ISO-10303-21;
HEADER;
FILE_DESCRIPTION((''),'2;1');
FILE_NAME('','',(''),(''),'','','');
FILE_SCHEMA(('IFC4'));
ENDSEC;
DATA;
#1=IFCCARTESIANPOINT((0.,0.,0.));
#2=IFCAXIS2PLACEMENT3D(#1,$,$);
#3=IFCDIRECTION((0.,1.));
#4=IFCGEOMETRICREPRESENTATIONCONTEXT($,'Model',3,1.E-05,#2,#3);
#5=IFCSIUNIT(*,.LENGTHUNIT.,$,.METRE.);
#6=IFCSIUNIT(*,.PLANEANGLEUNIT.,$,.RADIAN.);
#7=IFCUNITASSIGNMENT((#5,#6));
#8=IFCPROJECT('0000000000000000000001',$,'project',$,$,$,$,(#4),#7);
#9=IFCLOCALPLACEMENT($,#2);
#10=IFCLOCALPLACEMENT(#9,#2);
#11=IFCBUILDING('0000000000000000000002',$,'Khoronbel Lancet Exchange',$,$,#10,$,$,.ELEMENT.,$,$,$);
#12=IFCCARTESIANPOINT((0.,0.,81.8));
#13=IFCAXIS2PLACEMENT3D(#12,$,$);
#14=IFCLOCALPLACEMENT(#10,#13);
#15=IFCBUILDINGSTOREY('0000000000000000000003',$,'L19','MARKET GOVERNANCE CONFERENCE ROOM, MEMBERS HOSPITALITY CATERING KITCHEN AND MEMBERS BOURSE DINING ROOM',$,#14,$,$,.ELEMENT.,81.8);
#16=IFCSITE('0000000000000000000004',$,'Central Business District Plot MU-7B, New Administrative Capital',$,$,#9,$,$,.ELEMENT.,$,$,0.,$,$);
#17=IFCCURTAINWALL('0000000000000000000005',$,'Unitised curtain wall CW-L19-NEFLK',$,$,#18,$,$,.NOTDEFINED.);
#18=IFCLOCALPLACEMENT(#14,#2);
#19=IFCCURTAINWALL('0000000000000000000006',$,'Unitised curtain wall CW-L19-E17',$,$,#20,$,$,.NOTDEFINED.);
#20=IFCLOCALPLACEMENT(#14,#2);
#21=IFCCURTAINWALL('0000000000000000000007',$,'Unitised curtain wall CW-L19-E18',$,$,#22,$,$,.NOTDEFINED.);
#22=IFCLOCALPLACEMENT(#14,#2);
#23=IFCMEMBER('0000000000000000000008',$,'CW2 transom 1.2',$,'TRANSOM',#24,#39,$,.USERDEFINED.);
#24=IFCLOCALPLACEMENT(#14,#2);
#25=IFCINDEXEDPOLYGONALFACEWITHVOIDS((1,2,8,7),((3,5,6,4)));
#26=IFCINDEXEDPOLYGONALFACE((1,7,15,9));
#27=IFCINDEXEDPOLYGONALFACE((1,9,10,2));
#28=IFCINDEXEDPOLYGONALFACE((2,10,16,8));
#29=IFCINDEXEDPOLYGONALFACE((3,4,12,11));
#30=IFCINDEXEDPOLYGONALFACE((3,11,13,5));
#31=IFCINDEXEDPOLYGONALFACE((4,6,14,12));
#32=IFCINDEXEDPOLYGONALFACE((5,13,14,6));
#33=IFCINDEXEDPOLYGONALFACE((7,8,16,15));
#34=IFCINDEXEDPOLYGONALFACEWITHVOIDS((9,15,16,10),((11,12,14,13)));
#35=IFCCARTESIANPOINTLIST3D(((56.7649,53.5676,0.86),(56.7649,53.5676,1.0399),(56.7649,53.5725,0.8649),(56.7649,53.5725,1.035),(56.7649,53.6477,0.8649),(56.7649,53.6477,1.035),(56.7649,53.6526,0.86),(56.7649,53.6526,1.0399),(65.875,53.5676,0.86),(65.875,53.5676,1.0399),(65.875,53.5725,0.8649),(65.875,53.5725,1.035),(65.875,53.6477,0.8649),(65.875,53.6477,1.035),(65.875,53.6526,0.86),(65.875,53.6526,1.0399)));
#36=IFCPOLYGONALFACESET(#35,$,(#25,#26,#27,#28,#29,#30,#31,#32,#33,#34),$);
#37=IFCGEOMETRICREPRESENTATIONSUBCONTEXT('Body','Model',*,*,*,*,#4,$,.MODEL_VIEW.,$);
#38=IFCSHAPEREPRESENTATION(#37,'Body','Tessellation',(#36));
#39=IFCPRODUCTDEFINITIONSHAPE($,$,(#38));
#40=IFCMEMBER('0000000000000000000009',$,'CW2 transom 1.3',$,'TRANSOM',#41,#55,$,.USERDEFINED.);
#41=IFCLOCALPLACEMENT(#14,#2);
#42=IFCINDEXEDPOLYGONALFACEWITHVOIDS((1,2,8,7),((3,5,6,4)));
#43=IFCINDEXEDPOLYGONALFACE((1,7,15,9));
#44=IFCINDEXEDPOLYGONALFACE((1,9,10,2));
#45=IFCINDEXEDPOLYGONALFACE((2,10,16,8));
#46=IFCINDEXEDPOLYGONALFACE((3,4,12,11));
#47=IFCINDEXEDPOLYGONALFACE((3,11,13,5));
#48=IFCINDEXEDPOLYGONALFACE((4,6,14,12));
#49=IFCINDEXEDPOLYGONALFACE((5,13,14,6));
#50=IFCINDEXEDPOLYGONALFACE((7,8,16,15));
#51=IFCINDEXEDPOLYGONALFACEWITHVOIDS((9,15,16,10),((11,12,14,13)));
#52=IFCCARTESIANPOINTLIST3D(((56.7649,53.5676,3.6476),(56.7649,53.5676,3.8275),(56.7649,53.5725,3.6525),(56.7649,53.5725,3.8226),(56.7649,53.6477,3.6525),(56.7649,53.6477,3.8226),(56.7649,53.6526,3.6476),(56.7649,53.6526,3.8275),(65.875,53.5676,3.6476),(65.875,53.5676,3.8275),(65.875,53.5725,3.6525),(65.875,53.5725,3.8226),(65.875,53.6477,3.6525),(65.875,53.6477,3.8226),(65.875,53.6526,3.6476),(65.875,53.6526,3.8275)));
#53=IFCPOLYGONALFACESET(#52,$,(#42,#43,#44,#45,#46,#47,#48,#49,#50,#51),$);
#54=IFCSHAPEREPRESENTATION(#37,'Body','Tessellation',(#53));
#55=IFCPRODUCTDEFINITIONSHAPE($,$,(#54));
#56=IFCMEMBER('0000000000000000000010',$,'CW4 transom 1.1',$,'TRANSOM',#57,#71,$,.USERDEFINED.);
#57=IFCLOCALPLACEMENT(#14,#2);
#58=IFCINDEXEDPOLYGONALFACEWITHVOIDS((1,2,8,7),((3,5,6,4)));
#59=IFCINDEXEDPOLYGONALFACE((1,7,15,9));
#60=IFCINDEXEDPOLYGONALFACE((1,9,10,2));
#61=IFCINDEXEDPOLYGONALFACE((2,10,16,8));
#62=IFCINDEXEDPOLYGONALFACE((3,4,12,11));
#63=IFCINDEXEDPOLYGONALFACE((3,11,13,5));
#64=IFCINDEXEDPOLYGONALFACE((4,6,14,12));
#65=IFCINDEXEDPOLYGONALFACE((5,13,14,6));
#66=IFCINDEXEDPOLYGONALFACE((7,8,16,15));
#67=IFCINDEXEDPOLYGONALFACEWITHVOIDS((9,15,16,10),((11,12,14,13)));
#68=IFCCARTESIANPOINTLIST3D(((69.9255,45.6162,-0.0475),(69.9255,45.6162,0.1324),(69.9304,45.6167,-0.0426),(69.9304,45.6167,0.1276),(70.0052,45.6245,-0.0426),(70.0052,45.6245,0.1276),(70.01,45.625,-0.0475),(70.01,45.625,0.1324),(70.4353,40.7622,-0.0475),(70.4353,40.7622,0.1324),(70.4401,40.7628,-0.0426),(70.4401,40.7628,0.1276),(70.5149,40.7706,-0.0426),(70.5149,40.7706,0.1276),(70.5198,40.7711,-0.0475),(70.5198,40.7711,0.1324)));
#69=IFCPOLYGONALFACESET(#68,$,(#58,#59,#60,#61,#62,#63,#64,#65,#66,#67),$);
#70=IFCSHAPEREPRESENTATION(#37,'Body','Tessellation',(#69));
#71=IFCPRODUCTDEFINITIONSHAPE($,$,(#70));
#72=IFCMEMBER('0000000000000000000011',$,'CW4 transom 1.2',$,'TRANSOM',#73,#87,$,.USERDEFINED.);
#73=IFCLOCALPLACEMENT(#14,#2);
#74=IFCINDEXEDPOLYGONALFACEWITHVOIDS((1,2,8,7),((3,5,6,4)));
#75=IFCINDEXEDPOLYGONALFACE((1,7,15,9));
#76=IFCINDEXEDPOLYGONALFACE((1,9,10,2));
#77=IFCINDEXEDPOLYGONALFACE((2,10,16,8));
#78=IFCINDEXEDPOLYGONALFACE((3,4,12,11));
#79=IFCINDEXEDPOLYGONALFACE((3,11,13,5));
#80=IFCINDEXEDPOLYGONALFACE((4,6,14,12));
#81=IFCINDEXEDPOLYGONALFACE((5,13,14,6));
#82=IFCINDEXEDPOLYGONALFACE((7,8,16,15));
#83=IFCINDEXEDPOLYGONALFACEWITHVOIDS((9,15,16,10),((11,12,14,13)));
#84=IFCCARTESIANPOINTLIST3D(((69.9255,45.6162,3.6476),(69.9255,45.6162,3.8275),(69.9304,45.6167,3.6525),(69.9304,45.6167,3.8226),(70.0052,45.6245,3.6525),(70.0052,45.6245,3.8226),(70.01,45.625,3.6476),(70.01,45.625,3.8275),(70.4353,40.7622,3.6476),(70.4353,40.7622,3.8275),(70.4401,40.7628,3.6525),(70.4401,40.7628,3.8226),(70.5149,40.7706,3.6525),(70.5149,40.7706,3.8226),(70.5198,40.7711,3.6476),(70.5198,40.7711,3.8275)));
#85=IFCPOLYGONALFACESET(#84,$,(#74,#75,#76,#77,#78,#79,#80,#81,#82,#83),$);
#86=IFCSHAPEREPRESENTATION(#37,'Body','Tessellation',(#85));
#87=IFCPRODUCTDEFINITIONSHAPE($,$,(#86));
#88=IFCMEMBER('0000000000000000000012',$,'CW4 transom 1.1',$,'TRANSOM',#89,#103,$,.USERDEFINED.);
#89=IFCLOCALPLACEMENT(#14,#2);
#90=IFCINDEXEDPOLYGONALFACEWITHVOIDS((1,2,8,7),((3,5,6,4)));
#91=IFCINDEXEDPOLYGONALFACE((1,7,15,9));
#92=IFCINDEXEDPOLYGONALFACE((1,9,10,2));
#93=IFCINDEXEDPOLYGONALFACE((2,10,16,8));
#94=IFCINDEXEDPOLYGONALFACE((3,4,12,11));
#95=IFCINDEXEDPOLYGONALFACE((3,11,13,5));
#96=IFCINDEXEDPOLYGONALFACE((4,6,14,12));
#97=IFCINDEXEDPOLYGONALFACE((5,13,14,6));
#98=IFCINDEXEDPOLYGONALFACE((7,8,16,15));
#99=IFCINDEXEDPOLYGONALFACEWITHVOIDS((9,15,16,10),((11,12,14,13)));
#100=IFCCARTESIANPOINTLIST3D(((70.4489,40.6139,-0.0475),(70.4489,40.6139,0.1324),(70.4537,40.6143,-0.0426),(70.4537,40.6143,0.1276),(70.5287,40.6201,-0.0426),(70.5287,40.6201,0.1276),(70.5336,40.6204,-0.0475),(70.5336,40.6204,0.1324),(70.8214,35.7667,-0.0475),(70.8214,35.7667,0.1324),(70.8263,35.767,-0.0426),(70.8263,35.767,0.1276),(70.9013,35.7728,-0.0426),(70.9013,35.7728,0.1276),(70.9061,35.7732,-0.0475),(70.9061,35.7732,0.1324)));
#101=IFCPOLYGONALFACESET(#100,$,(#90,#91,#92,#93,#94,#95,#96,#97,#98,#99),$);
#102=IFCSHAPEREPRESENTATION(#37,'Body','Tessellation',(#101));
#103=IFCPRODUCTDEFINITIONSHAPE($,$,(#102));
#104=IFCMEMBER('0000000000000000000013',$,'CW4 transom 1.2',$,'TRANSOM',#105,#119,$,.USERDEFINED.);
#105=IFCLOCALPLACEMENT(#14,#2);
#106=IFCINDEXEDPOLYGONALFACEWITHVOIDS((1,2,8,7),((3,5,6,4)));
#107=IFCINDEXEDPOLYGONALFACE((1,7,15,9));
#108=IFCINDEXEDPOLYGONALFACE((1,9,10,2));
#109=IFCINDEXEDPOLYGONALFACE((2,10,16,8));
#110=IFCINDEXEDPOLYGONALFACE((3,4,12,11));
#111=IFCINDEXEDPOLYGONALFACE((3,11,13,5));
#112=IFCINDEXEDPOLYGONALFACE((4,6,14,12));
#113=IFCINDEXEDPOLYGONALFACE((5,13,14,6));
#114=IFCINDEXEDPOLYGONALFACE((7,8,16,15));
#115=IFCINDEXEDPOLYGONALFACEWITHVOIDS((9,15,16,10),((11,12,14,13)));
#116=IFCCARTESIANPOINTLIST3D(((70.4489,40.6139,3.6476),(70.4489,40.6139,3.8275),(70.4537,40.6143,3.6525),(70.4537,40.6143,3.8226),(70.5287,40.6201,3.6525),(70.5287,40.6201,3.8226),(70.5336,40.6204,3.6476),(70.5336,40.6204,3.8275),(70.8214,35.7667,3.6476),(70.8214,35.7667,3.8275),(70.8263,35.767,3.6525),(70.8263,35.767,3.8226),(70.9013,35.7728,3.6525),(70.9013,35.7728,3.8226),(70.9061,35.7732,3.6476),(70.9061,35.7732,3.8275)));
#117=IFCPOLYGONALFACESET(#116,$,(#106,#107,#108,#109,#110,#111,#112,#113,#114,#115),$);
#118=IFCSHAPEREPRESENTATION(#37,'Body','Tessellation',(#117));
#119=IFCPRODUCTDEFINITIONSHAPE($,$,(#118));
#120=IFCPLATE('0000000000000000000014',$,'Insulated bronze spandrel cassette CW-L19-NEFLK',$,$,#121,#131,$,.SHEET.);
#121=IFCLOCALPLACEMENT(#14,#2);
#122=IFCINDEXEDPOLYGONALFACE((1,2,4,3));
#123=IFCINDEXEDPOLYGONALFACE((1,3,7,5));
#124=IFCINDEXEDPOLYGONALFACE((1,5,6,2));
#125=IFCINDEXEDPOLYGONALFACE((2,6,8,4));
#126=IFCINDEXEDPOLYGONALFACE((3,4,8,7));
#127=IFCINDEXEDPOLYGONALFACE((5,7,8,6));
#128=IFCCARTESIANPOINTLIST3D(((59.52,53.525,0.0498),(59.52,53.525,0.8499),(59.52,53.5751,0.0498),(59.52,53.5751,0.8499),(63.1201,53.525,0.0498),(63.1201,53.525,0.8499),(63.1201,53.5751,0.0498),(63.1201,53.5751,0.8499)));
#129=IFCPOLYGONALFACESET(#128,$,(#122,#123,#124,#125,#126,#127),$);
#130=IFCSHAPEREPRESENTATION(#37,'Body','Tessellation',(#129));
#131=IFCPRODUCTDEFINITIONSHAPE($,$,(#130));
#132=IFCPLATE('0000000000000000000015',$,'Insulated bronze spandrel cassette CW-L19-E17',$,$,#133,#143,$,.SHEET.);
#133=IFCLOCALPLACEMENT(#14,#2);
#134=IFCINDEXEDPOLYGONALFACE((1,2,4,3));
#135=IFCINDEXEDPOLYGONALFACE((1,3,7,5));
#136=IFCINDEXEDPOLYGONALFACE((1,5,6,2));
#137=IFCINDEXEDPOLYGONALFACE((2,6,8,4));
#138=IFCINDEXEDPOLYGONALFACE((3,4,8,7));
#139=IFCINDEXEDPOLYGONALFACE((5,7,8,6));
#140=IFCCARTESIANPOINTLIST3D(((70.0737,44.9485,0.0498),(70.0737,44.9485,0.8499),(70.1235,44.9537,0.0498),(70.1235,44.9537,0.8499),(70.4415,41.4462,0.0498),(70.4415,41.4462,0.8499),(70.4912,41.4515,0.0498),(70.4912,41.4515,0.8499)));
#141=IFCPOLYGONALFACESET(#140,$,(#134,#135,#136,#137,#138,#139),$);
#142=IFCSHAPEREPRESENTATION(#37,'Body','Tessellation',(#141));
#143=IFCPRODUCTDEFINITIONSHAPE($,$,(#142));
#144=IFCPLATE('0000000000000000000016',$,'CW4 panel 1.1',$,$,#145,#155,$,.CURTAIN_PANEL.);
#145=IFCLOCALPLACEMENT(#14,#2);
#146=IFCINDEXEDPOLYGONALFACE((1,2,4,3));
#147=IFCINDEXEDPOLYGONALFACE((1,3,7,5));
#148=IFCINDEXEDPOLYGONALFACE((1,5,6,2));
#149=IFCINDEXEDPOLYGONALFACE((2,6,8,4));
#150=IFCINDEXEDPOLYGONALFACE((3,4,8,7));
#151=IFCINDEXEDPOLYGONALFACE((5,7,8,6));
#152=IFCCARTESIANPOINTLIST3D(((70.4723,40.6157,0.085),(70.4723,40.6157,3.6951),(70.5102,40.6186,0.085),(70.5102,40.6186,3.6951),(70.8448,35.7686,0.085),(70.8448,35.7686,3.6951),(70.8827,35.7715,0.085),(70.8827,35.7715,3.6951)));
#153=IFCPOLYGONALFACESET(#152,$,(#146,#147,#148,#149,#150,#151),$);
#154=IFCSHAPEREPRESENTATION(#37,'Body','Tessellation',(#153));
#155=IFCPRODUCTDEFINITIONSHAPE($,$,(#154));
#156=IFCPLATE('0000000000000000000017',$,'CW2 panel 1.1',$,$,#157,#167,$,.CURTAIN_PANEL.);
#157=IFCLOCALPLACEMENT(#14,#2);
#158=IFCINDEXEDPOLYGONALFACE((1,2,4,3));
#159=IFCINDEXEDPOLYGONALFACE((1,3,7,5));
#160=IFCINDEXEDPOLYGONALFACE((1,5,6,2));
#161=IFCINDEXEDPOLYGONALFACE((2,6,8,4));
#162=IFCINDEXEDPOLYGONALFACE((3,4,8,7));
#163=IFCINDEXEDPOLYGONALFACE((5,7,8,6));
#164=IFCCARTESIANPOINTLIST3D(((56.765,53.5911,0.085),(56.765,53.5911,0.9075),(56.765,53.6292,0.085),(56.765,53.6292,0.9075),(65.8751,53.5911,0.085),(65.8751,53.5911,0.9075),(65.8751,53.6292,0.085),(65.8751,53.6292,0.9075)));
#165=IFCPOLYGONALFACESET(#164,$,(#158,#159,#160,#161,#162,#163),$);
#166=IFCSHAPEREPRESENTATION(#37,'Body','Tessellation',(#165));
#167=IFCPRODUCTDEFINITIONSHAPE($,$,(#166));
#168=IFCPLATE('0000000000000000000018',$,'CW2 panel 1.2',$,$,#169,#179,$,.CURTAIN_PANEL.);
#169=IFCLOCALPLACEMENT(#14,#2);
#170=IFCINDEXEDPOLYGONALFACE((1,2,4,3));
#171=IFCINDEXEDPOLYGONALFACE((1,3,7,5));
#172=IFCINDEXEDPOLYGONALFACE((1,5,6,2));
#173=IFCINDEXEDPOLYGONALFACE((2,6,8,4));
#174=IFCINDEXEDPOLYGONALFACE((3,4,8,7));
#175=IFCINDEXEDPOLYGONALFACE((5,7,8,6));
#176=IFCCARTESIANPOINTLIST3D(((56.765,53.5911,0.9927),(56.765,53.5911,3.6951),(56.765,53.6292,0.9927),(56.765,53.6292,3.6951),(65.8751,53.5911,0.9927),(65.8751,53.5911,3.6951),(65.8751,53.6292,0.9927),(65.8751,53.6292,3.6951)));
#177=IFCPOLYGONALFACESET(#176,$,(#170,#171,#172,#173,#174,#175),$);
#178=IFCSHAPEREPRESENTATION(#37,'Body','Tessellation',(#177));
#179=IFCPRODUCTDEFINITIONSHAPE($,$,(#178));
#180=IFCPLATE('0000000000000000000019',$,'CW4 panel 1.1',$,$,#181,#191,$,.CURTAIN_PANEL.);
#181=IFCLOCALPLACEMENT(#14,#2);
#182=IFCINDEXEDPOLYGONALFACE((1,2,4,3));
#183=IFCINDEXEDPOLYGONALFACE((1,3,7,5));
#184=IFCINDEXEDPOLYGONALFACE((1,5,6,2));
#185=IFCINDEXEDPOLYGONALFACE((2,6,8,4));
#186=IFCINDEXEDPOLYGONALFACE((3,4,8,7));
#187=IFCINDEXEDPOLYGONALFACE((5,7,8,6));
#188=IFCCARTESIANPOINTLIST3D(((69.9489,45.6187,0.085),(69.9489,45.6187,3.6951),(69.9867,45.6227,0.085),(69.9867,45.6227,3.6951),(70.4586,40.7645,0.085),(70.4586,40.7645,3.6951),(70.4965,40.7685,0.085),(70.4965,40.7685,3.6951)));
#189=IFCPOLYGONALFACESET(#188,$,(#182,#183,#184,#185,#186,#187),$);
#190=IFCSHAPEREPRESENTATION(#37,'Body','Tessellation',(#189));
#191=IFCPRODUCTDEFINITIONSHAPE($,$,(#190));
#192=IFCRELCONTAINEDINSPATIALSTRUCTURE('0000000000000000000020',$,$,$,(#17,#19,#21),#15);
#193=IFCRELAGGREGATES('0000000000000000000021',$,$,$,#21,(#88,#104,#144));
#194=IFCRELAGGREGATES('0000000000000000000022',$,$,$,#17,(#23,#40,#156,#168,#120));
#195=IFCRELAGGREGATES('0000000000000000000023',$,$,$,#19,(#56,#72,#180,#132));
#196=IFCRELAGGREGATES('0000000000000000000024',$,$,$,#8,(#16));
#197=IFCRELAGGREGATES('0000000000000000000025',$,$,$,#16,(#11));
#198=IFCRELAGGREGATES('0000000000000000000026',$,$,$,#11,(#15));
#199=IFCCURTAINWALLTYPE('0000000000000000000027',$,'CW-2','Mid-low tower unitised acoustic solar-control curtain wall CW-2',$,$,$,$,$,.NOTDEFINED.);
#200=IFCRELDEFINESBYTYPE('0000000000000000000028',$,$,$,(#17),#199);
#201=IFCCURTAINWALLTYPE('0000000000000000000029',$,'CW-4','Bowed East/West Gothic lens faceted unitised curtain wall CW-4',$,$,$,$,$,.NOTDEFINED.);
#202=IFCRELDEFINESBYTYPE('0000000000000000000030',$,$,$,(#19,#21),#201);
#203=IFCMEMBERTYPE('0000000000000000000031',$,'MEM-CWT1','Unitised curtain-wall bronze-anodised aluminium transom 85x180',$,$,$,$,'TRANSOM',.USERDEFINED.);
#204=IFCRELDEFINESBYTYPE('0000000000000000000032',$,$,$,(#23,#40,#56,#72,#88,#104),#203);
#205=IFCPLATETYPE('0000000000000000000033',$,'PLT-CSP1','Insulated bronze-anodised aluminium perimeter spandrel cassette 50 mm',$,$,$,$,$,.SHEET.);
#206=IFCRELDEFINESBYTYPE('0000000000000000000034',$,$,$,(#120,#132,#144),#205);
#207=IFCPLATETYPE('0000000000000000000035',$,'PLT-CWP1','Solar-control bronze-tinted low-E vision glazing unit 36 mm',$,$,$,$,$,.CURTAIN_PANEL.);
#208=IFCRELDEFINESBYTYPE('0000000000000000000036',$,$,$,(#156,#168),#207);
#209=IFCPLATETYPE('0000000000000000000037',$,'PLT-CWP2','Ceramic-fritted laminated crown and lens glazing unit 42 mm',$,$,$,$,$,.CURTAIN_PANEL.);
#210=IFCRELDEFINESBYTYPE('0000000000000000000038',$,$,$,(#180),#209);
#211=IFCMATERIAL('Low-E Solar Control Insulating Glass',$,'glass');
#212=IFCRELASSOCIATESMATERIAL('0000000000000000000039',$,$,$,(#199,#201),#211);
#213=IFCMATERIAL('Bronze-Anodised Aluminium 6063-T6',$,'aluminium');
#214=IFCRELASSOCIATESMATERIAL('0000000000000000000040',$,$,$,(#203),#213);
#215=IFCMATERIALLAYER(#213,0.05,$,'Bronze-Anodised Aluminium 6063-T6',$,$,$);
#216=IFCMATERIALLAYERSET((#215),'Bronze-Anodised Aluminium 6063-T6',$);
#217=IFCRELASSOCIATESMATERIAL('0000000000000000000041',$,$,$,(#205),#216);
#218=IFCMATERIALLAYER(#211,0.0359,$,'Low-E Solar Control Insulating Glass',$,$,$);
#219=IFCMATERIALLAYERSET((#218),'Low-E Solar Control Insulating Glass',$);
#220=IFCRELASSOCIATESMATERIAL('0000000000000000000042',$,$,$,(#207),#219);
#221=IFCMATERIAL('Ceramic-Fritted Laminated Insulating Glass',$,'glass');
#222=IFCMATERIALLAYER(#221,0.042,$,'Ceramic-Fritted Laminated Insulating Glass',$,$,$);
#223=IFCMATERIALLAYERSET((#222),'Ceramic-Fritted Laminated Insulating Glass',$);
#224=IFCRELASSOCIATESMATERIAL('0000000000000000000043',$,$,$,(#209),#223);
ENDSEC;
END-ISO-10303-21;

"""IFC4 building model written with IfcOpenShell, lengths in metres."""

from ifc_helpers import new_model, si_unit, direction, frame, origin, origin_2d, place, context, subcontext, project, spatial, rectangle, hollow_rectangle, extrude, material, layer, layer_set, material_profile, profile_set, type_object, element, aggregate, save


model = new_model("IFC4")

# Units and contexts
model_context = context("Model", 3, precision=1e-05, world=origin(), true_north=direction((0.0, 1.0)))
body_context = subcontext(model_context, "Body", "Model", "MODEL_VIEW")
ifc_project = project(units=[si_unit("LENGTHUNIT", "METRE"), si_unit("PLANEANGLEUNIT", "RADIAN")], contexts=[model_context])

# Site, building, storey
site_placement = place(None, origin())
site = spatial("IfcSite", under=ifc_project, at=site_placement, Name="Central Business District Plot MU-7B, New Administrative Capital", CompositionType="ELEMENT", RefElevation=0.0)
building_placement = place(site_placement, origin())
building = spatial("IfcBuilding", under=site, at=building_placement, Name="Khoronbel Lancet Exchange", CompositionType="ELEMENT")
storey_placement = place(building_placement, frame((0.0, 0.0, 81.8)))
storey = spatial("IfcBuildingStorey", under=building, at=storey_placement, Name="L19", Description="MARKET GOVERNANCE CONFERENCE ROOM, MEMBERS HOSPITALITY CATERING KITCHEN AND MEMBERS BOURSE DINING ROOM", CompositionType="ELEMENT", Elevation=81.8)

# Curtain walls
ifc_material_1 = material(Name="Low-E Solar Control Insulating Glass", Category="glass")
curtain_wall_type_1 = type_object("IfcCurtainWallType", Name="CW-2", Description="Mid-low tower unitised acoustic solar-control curtain wall CW-2", PredefinedType="NOTDEFINED", material=ifc_material_1)
curtain_wall_1_placement = place(storey_placement, origin())
curtain_wall_1 = element("IfcCurtainWall", 1, at=curtain_wall_1_placement, inside=storey, type_object=curtain_wall_type_1, Name="Unitised curtain wall CW-L19-NEFLK", PredefinedType="NOTDEFINED")
ifc_material_2 = material(Name="Bronze-Anodised Aluminium 6063-T6", Category="aluminium")
curtain_wall_type_2 = type_object("IfcCurtainWallType", Name="CW-4", Description="Bowed East/West Gothic lens faceted unitised curtain wall CW-4", PredefinedType="NOTDEFINED", material=ifc_material_1)
curtain_wall_2_placement = place(storey_placement, origin())
curtain_wall_2 = element("IfcCurtainWall", 2, at=curtain_wall_2_placement, inside=storey, type_object=curtain_wall_type_2, Name="Unitised curtain wall CW-L19-E17", PredefinedType="NOTDEFINED")

# Curtain wall
curtain_wall_3_placement = place(storey_placement, origin())
curtain_wall_3 = element("IfcCurtainWall", 3, at=curtain_wall_3_placement, inside=storey, type_object=curtain_wall_type_2, Name="Unitised curtain wall CW-L19-E18", PredefinedType="NOTDEFINED")

# Members
ifc_material_profile_1 = material_profile(ifc_material_2, hollow_rectangle(XDim=0.085, YDim=0.1799, WallThickness=0.0049, at=origin_2d()), Name="ALU TRANSOM 85x180")
ifc_profile_set_1 = profile_set([ifc_material_profile_1], Name="Bronze-Anodised Aluminium 6063-T6")
member_type_1 = type_object("IfcMemberType", Name="MEM-CWT1", Description="Unitised curtain-wall bronze-anodised aluminium transom 85x180", ElementType="TRANSOM", PredefinedType="USERDEFINED", material=ifc_profile_set_1)
member_1_placement = place(storey_placement, frame((65.875, 53.6101, 0.95), z_axis=(-1.0, 0.0, 0.0), x_axis=(0.0, -1.0, 0.0)))
member_1 = element("IfcMember", 4, at=member_1_placement, type_object=member_type_1, Name="CW2 transom 1.2", ObjectType="TRANSOM", PredefinedType="USERDEFINED", context=body_context, shape_type="SweptSolid", body=[
    extrude(hollow_rectangle(XDim=0.085, YDim=0.1799, WallThickness=0.0049, at=origin_2d()), origin(), (0.0, 0.0, 1.0), 9.1101),
])
member_2_placement = place(storey_placement, frame((65.875, 53.6101, 3.7375), z_axis=(-1.0, 0.0, 0.0), x_axis=(0.0, -1.0, 0.0)))
member_2 = element("IfcMember", 5, at=member_2_placement, type_object=member_type_1, Name="CW2 transom 1.3", ObjectType="TRANSOM", PredefinedType="USERDEFINED", context=body_context, shape_type="SweptSolid", body=[
    extrude(hollow_rectangle(XDim=0.085, YDim=0.1799, WallThickness=0.0049, at=origin_2d()), origin(), (0.0, 0.0, 1.0), 9.1101),
])
member_3_placement = place(storey_placement, frame((69.9678, 45.6206, 0.0425), z_axis=(0.104445, -0.994531, 0.0), x_axis=(0.994531, 0.104445, 0.0)))
member_3 = element("IfcMember", 6, at=member_3_placement, type_object=member_type_1, Name="CW4 transom 1.1", ObjectType="TRANSOM", PredefinedType="USERDEFINED", context=body_context, shape_type="SweptSolid", body=[
    extrude(hollow_rectangle(XDim=0.085, YDim=0.1799, WallThickness=0.0049, at=origin_2d()), origin(), (0.0, 0.0, 1.0), 4.8806),
])
member_4_placement = place(storey_placement, frame((69.9678, 45.6206, 3.7375), z_axis=(0.104445, -0.994531, 0.0), x_axis=(0.994531, 0.104445, 0.0)))
member_4 = element("IfcMember", 7, at=member_4_placement, type_object=member_type_1, Name="CW4 transom 1.2", ObjectType="TRANSOM", PredefinedType="USERDEFINED", context=body_context, shape_type="SweptSolid", body=[
    extrude(hollow_rectangle(XDim=0.085, YDim=0.1799, WallThickness=0.0049, at=origin_2d()), origin(), (0.0, 0.0, 1.0), 4.8806),
])
member_5_placement = place(storey_placement, frame((70.4912, 40.6172, 0.0425), z_axis=(0.076635, -0.997059, 0.0), x_axis=(0.997059, 0.076635, 0.0)))
member_5 = element("IfcMember", 8, at=member_5_placement, type_object=member_type_1, Name="CW4 transom 1.1", ObjectType="TRANSOM", PredefinedType="USERDEFINED", context=body_context, shape_type="SweptSolid", body=[
    extrude(hollow_rectangle(XDim=0.085, YDim=0.1799, WallThickness=0.0049, at=origin_2d()), origin(), (0.0, 0.0, 1.0), 4.8616),
])
member_6_placement = place(storey_placement, frame((70.4912, 40.6172, 3.7375), z_axis=(0.076635, -0.997059, 0.0), x_axis=(0.997059, 0.076635, 0.0)))
member_6 = element("IfcMember", 9, at=member_6_placement, type_object=member_type_1, Name="CW4 transom 1.2", ObjectType="TRANSOM", PredefinedType="USERDEFINED", context=body_context, shape_type="SweptSolid", body=[
    extrude(hollow_rectangle(XDim=0.085, YDim=0.1799, WallThickness=0.0049, at=origin_2d()), origin(), (0.0, 0.0, 1.0), 4.8616),
])

# Plates
ifc_layer_1 = layer(ifc_material_2, 0.05, Name="Bronze-Anodised Aluminium 6063-T6")
ifc_layer_set_1 = layer_set([ifc_layer_1], Name="Bronze-Anodised Aluminium 6063-T6")
plate_type_1 = type_object("IfcPlateType", Name="PLT-CSP1", Description="Insulated bronze-anodised aluminium perimeter spandrel cassette 50 mm", PredefinedType="SHEET", material=ifc_layer_set_1)
plate_1_placement = place(storey_placement, frame((61.3201, 53.55, 0.0498), z_axis=(0.0, 0.0, 1.0), x_axis=(-1.0, 0.0, 0.0)))
plate_1 = element("IfcPlate", 10, at=plate_1_placement, type_object=plate_type_1, Name="Insulated bronze spandrel cassette CW-L19-NEFLK", PredefinedType="SHEET", context=body_context, shape_type="SweptSolid", body=[
    extrude(rectangle(XDim=3.6001, YDim=0.05, at=origin_2d()), origin(), (0.0, 0.0, 1.0), 0.8),
])
plate_2_placement = place(storey_placement, frame((70.2825, 43.2, 0.0498), z_axis=(0.0, 0.0, 1.0), x_axis=(0.104434, -0.994532, 0.0)))
plate_2 = element("IfcPlate", 11, at=plate_2_placement, type_object=plate_type_1, Name="Insulated bronze spandrel cassette CW-L19-E17", PredefinedType="SHEET", context=body_context, shape_type="SweptSolid", body=[
    extrude(rectangle(XDim=3.5215, YDim=0.05, at=origin_2d()), origin(), (0.0, 0.0, 1.0), 0.8),
])
plate_3_placement = place(storey_placement, frame((70.6775, 38.1936, 0.085), z_axis=(0.0, 0.0, 1.0), x_axis=(0.076626, -0.99706, 0.0)))
plate_3 = element("IfcPlate", 12, at=plate_3_placement, type_object=plate_type_1, Name="CW4 panel 1.1", PredefinedType="CURTAIN_PANEL", context=body_context, shape_type="SweptSolid", body=[
    extrude(rectangle(XDim=4.8613, YDim=0.0381, at=origin_2d()), origin(), (0.0, 0.0, 1.0), 3.6101),
])
aggregate(curtain_wall_3, [member_5, member_6, plate_3])
ifc_layer_2 = layer(ifc_material_1, 0.0359, Name="Low-E Solar Control Insulating Glass")
ifc_layer_set_2 = layer_set([ifc_layer_2], Name="Low-E Solar Control Insulating Glass")
plate_type_2 = type_object("IfcPlateType", Name="PLT-CWP1", Description="Solar-control bronze-tinted low-E vision glazing unit 36 mm", PredefinedType="CURTAIN_PANEL", material=ifc_layer_set_2)
plate_4_placement = place(storey_placement, frame((61.3201, 53.6101, 0.085), z_axis=(0.0, 0.0, 1.0), x_axis=(-1.0, 0.0, 0.0)))
plate_4 = element("IfcPlate", 13, at=plate_4_placement, type_object=plate_type_2, Name="CW2 panel 1.1", PredefinedType="CURTAIN_PANEL", context=body_context, shape_type="SweptSolid", body=[
    extrude(rectangle(XDim=9.1101, YDim=0.0381, at=origin_2d()), origin(), (0.0, 0.0, 1.0), 0.8225),
])
plate_5_placement = place(storey_placement, frame((61.3201, 53.6101, 0.9927), z_axis=(0.0, 0.0, 1.0), x_axis=(-1.0, 0.0, 0.0)))
plate_5 = element("IfcPlate", 14, at=plate_5_placement, type_object=plate_type_2, Name="CW2 panel 1.2", PredefinedType="CURTAIN_PANEL", context=body_context, shape_type="SweptSolid", body=[
    extrude(rectangle(XDim=9.1101, YDim=0.0381, at=origin_2d()), origin(), (0.0, 0.0, 1.0), 2.7024),
])
aggregate(curtain_wall_1, [member_1, member_2, plate_4, plate_5, plate_1])
ifc_material_3 = material(Name="Ceramic-Fritted Laminated Insulating Glass", Category="glass")
ifc_layer_3 = layer(ifc_material_3, 0.042, Name="Ceramic-Fritted Laminated Insulating Glass")
ifc_layer_set_3 = layer_set([ifc_layer_3], Name="Ceramic-Fritted Laminated Insulating Glass")
plate_type_3 = type_object("IfcPlateType", Name="PLT-CWP2", Description="Ceramic-fritted laminated crown and lens glazing unit 42 mm", PredefinedType="CURTAIN_PANEL", material=ifc_layer_set_3)
plate_6_placement = place(storey_placement, frame((70.2227, 43.1936, 0.085), z_axis=(0.0, 0.0, 1.0), x_axis=(0.104434, -0.994532, 0.0)))
plate_6 = element("IfcPlate", 15, at=plate_6_placement, type_object=plate_type_3, Name="CW4 panel 1.1", PredefinedType="CURTAIN_PANEL", context=body_context, shape_type="SweptSolid", body=[
    extrude(rectangle(XDim=4.8809, YDim=0.0381, at=origin_2d()), origin(), (0.0, 0.0, 1.0), 3.6101),
])
aggregate(curtain_wall_2, [member_3, member_4, plate_6, plate_2])

save(model, "model.ifc")
